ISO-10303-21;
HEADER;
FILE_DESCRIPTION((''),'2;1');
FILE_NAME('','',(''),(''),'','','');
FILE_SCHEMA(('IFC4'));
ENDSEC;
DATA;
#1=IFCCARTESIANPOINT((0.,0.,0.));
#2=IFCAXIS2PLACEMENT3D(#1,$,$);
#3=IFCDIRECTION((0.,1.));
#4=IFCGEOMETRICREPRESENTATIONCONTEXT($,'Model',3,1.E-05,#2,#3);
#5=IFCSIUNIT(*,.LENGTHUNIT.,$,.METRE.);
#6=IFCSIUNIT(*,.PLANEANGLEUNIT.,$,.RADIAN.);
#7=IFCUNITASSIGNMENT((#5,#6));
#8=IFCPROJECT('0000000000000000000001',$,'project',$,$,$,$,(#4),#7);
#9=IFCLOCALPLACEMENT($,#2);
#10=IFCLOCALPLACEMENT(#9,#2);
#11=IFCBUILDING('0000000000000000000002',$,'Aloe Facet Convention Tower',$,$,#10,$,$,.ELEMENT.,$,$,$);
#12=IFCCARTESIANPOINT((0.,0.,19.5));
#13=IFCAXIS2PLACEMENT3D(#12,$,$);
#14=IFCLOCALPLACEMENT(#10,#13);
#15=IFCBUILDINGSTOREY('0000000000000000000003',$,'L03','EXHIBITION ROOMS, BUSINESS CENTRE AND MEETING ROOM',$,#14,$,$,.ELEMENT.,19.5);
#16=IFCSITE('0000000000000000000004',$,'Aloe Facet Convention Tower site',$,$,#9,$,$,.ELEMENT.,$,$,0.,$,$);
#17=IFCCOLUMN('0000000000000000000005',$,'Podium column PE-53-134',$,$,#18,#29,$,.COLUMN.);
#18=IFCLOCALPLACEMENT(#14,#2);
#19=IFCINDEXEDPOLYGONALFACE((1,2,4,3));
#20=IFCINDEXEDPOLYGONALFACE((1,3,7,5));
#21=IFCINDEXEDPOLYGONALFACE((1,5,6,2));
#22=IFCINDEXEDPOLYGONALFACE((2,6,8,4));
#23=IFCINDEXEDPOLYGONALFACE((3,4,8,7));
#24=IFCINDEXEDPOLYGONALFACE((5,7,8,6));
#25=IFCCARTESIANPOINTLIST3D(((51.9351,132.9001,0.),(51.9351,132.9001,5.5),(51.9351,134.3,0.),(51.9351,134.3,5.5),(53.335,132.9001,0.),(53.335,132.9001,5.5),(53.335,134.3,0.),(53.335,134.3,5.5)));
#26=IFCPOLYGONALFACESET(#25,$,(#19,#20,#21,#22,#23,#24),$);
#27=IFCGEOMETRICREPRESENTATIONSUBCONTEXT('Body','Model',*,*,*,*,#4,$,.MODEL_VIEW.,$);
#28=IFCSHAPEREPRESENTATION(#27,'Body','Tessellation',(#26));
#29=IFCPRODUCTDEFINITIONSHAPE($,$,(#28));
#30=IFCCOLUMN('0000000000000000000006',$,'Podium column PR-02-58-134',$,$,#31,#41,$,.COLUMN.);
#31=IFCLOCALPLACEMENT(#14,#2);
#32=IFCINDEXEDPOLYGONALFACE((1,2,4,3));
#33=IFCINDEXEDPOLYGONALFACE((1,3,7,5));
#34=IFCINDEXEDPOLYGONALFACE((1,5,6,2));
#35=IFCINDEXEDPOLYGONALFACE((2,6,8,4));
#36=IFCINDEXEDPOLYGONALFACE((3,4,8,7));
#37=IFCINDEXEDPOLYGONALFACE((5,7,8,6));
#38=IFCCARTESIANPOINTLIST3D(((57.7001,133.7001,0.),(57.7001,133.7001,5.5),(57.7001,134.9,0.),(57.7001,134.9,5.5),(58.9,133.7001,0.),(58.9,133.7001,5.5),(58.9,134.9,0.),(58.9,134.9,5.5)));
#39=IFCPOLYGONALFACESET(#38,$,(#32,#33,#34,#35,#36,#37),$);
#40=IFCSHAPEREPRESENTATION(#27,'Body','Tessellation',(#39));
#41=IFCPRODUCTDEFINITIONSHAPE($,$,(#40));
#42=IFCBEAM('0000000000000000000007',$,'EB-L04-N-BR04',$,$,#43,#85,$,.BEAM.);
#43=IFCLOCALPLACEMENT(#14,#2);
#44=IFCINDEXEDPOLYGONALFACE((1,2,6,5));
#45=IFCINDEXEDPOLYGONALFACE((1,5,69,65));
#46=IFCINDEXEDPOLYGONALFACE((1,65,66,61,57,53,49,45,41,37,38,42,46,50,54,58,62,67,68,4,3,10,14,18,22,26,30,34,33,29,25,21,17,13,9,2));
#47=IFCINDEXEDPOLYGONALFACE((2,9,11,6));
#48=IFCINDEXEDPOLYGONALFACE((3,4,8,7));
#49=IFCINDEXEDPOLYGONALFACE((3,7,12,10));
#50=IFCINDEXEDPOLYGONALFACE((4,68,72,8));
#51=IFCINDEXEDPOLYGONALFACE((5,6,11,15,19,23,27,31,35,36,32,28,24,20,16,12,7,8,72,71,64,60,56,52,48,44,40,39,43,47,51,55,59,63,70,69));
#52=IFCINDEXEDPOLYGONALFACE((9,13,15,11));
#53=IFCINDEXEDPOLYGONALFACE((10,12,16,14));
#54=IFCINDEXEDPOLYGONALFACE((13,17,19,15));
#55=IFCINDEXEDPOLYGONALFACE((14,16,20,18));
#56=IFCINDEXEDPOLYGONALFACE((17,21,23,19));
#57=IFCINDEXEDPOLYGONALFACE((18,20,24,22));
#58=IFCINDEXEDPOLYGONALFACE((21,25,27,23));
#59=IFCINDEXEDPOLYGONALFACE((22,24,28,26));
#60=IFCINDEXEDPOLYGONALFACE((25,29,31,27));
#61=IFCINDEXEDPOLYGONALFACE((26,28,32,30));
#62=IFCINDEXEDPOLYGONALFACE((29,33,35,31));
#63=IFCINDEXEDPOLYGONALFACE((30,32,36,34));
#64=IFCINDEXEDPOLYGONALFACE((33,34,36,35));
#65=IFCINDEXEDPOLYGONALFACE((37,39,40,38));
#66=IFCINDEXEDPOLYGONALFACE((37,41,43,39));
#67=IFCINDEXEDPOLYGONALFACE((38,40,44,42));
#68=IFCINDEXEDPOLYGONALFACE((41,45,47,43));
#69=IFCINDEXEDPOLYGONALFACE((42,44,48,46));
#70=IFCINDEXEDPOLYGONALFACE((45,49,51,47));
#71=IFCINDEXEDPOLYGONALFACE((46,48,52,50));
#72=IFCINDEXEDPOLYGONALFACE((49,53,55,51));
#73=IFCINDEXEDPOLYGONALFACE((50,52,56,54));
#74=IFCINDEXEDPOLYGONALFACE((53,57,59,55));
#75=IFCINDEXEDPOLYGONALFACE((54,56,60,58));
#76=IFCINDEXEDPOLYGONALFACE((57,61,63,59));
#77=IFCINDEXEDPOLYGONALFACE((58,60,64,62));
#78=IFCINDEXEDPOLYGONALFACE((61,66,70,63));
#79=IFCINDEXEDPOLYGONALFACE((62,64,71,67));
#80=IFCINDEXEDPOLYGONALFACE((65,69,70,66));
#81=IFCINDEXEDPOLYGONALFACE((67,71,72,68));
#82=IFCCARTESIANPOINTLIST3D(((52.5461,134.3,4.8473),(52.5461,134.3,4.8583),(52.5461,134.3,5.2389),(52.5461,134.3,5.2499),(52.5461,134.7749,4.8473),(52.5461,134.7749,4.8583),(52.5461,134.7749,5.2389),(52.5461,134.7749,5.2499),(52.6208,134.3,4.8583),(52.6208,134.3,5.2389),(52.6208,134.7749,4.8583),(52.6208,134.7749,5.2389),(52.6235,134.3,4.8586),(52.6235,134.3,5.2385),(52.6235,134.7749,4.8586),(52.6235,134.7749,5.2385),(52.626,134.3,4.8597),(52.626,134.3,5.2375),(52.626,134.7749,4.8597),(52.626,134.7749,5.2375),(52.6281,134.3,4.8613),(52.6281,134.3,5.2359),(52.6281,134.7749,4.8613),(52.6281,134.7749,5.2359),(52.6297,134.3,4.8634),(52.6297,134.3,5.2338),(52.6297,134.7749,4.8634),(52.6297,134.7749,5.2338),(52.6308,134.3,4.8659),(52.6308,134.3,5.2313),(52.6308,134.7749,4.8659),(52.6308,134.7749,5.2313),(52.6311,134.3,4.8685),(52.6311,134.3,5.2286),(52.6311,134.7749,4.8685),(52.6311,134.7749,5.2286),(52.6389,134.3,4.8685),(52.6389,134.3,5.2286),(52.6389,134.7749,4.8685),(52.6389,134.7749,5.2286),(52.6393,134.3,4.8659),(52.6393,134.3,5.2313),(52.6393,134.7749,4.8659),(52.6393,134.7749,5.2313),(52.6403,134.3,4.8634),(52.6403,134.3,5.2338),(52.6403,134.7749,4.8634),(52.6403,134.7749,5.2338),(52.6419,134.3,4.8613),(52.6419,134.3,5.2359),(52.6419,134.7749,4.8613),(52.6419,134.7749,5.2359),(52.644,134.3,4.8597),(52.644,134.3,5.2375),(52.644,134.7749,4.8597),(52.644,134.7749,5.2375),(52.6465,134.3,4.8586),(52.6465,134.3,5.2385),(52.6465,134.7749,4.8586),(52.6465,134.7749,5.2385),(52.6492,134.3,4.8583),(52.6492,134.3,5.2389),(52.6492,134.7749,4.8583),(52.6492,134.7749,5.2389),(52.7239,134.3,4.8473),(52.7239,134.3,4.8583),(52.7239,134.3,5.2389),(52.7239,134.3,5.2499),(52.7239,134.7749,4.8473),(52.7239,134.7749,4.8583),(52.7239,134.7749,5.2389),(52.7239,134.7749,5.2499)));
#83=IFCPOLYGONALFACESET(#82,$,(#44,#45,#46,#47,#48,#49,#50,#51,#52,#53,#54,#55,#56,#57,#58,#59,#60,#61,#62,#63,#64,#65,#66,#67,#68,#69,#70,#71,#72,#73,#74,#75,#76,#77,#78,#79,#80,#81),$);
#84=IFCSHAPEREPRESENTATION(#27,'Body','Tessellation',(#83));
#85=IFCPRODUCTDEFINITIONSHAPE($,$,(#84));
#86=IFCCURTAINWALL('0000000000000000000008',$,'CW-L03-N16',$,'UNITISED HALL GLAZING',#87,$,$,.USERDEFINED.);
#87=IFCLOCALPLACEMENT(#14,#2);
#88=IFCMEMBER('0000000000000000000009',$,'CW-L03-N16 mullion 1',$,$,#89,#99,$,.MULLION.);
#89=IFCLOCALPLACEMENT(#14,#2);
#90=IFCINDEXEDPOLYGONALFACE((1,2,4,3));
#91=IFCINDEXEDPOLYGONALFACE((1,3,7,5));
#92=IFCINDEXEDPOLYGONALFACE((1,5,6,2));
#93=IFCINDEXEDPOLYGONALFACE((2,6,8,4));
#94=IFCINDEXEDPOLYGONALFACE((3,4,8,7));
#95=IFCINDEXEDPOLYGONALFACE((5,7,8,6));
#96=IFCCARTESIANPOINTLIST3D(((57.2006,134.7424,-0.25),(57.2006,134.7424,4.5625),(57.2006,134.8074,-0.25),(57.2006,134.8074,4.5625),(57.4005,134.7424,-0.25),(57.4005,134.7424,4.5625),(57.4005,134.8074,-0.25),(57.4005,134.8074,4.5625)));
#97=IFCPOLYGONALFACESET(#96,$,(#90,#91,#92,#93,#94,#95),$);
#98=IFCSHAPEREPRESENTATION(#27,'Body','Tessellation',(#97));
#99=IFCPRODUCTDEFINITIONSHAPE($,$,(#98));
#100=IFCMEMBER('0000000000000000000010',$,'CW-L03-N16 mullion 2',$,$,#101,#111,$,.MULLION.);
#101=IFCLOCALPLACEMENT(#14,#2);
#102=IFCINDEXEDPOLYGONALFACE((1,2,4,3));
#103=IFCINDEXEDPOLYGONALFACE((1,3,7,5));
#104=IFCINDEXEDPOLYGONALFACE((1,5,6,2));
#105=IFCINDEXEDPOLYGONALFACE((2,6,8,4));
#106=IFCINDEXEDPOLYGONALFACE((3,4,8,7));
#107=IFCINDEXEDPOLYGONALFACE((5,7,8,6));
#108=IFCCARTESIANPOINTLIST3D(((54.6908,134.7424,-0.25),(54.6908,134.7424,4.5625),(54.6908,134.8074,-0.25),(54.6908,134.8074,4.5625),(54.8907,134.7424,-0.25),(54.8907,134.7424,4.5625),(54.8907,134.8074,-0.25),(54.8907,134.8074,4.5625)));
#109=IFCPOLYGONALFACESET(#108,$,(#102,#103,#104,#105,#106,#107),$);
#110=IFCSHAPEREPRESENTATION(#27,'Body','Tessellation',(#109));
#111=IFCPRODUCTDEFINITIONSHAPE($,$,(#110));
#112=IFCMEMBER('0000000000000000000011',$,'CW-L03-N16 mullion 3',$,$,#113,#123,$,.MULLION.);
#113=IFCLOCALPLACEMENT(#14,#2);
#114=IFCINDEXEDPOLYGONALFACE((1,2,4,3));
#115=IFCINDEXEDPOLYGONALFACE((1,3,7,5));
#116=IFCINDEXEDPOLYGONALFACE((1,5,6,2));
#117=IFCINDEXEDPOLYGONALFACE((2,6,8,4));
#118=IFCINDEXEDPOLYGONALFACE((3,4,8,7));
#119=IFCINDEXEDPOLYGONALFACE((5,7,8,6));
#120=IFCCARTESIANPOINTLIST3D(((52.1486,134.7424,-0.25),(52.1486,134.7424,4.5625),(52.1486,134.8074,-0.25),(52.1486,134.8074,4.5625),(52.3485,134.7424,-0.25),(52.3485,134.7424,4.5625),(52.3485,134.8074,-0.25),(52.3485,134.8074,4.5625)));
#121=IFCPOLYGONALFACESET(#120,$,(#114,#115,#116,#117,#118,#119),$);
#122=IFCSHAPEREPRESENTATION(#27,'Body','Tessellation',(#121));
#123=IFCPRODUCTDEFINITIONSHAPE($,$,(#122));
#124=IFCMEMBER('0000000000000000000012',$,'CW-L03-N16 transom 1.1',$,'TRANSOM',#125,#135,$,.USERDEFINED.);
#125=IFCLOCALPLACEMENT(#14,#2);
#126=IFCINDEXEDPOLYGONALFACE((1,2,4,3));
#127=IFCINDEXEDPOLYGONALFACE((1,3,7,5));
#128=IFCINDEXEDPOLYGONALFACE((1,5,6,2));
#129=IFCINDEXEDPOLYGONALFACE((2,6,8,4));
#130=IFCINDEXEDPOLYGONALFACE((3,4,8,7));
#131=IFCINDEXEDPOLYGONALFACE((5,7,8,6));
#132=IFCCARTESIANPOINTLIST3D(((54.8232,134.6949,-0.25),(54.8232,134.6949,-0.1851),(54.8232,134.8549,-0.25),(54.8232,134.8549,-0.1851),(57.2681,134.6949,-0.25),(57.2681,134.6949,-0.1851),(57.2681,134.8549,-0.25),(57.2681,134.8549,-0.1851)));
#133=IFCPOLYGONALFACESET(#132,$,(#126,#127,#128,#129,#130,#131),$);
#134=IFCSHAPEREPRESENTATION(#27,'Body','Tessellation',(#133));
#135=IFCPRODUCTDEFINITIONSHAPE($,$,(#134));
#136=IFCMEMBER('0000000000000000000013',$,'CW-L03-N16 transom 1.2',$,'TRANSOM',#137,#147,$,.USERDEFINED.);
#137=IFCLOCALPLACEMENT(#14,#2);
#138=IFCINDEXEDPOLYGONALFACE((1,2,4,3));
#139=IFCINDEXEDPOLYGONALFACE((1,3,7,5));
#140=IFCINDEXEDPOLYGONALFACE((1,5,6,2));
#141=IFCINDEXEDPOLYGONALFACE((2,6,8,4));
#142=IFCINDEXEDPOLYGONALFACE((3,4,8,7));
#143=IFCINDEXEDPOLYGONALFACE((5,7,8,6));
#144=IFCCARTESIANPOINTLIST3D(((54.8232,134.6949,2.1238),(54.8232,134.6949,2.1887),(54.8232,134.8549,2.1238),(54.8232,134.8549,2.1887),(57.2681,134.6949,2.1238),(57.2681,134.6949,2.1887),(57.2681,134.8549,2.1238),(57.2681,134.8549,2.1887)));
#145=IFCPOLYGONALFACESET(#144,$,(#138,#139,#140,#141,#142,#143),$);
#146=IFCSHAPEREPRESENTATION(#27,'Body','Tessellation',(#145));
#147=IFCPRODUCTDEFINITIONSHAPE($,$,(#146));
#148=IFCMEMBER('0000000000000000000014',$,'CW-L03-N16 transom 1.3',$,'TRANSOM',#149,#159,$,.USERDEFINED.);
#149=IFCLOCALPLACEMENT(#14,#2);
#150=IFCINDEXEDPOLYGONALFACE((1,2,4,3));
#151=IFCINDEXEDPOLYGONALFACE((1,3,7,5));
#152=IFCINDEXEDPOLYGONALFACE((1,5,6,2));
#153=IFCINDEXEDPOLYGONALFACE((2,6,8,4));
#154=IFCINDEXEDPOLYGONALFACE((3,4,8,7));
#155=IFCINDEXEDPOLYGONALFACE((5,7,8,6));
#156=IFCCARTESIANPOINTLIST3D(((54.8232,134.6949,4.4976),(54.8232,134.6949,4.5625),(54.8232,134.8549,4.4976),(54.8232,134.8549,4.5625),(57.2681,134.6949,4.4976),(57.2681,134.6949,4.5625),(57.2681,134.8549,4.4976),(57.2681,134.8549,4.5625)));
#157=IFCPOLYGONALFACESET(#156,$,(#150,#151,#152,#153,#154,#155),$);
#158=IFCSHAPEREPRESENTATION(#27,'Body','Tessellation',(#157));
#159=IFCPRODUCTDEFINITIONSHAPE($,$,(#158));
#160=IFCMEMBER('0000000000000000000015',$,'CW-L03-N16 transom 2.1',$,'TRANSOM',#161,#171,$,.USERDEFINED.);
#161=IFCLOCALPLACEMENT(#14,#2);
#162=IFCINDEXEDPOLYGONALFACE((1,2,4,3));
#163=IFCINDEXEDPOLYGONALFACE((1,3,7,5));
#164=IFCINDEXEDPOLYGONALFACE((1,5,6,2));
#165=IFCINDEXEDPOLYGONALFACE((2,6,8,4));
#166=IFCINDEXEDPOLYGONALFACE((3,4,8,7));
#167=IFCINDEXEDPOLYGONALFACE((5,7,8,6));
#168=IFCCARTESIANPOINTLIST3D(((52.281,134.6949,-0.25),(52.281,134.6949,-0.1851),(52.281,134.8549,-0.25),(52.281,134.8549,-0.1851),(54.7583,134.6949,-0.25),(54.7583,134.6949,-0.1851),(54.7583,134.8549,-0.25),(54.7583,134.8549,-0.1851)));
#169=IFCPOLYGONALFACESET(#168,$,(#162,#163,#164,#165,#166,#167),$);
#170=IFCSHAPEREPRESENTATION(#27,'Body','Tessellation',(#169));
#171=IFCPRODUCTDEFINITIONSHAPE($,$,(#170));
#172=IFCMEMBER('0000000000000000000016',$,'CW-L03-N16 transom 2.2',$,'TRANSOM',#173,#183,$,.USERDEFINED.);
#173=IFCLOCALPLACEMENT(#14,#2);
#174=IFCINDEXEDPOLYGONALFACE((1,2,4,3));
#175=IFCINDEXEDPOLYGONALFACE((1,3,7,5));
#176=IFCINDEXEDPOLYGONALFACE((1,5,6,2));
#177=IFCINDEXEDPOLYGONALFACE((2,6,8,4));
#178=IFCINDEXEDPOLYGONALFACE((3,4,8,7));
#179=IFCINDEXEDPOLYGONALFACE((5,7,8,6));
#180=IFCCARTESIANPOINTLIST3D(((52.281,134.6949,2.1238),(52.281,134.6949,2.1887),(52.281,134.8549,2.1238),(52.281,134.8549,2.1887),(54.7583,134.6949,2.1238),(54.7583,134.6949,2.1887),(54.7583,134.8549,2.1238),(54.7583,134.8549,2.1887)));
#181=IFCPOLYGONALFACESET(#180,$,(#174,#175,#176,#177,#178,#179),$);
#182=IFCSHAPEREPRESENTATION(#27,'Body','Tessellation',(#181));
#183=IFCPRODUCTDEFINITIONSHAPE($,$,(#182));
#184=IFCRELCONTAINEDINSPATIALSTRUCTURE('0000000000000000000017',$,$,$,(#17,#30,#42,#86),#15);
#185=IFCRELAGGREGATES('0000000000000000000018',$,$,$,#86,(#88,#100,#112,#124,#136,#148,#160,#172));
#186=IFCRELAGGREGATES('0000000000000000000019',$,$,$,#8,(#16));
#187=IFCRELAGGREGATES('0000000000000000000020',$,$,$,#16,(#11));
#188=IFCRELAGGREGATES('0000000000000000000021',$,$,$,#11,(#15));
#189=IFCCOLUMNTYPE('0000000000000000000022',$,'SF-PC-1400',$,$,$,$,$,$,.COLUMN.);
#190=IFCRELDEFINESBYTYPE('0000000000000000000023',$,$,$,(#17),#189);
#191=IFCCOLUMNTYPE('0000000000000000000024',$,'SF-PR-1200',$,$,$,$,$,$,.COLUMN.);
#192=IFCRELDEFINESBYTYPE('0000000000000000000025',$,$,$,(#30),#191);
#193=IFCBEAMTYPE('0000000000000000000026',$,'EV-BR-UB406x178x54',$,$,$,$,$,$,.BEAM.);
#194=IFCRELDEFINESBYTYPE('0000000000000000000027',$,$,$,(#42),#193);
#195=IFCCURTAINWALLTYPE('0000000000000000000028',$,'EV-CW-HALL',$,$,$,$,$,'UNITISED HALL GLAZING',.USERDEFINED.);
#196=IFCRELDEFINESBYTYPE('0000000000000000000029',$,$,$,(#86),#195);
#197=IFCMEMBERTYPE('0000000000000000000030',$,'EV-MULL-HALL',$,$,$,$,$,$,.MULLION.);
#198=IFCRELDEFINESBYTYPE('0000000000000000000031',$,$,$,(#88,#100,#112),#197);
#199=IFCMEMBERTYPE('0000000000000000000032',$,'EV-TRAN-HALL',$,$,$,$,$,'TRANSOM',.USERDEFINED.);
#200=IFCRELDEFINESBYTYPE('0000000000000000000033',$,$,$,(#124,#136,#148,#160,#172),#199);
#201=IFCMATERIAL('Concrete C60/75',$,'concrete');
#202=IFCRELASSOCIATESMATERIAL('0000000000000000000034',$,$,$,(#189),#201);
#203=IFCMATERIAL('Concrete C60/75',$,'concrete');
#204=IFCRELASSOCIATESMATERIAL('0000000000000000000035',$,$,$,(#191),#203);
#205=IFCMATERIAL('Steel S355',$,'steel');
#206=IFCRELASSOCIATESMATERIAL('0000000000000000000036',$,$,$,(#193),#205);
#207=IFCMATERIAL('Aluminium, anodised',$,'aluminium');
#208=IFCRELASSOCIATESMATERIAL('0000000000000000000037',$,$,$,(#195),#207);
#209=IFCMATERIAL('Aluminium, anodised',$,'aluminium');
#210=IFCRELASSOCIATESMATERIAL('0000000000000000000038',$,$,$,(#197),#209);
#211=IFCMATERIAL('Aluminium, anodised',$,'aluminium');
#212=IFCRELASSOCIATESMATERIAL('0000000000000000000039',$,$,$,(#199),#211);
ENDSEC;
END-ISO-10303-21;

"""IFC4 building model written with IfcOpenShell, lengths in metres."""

from ifc_helpers import new_model, si_unit, direction, frame, origin, origin_2d, place, context, subcontext, project, spatial, rectangle, i_section, extrude, material, material_profile, profile_set, type_object, element, aggregate, save


model = new_model("IFC4")

# Units and contexts
model_context = context("Model", 3, precision=1e-05, world=origin(), true_north=direction((0.0, 1.0)))
body_context = subcontext(model_context, "Body", "Model", "MODEL_VIEW")
ifc_project = project(units=[si_unit("LENGTHUNIT", "METRE"), si_unit("PLANEANGLEUNIT", "RADIAN")], contexts=[model_context])

# Site, building, storey
site_placement = place(None, origin())
site = spatial("IfcSite", under=ifc_project, at=site_placement, Name="Aloe Facet Convention Tower site", CompositionType="ELEMENT", RefElevation=0.0)
building_placement = place(site_placement, origin())
building = spatial("IfcBuilding", under=site, at=building_placement, Name="Aloe Facet Convention Tower", CompositionType="ELEMENT")
storey_placement = place(building_placement, frame((0.0, 0.0, 19.5)))
storey = spatial("IfcBuildingStorey", under=building, at=storey_placement, Name="L03", Description="EXHIBITION ROOMS, BUSINESS CENTRE AND MEETING ROOM", CompositionType="ELEMENT", Elevation=19.5)

# Columns
ifc_material_1 = material(Name="Concrete C60/75", Category="concrete")
ifc_material_profile_1 = material_profile(ifc_material_1, rectangle(XDim=1.3999, YDim=1.3999, at=origin_2d()), Name="SF-PC-1400")
ifc_profile_set_1 = profile_set([ifc_material_profile_1], Name="Concrete C60/75")
column_type_1 = type_object("IfcColumnType", Name="SF-PC-1400", PredefinedType="COLUMN", material=ifc_profile_set_1)
column_1_placement = place(storey_placement, frame((52.635, 133.6001, 0.0), z_axis=(0.0, 0.0, 1.0), x_axis=(1.0, 0.0, 0.0)))
element("IfcColumn", 1, at=column_1_placement, inside=storey, type_object=column_type_1, Name="Podium column PE-53-134", PredefinedType="COLUMN", context=body_context, shape_type="SweptSolid", body=[
    extrude(rectangle(XDim=1.3999, YDim=1.3999, at=origin_2d()), origin(), (0.0, 0.0, 1.0), 5.5),
])
ifc_material_2 = material(Name="Concrete C60/75", Category="concrete")
ifc_material_profile_2 = material_profile(ifc_material_2, rectangle(XDim=1.2, YDim=1.2, at=origin_2d()), Name="SF-PR-1200")
ifc_profile_set_2 = profile_set([ifc_material_profile_2], Name="Concrete C60/75")
column_type_2 = type_object("IfcColumnType", Name="SF-PR-1200", PredefinedType="COLUMN", material=ifc_profile_set_2)
column_2_placement = place(storey_placement, frame((58.3, 134.3, 0.0), z_axis=(0.0, 0.0, 1.0), x_axis=(1.0, 0.0, 0.0)))
element("IfcColumn", 2, at=column_2_placement, inside=storey, type_object=column_type_2, Name="Podium column PR-02-58-134", PredefinedType="COLUMN", context=body_context, shape_type="SweptSolid", body=[
    extrude(rectangle(XDim=1.2, YDim=1.2, at=origin_2d()), origin(), (0.0, 0.0, 1.0), 5.5),
])

# Beam
ifc_material_3 = material(Name="Steel S355", Category="steel")
ifc_material_profile_3 = material_profile(ifc_material_3, i_section(OverallWidth=0.1777, OverallDepth=0.4026, WebThickness=0.0078, FlangeThickness=0.011, FilletRadius=0.0103, at=origin_2d()), Name="UB 406x178x54")
ifc_profile_set_3 = profile_set([ifc_material_profile_3], Name="Steel S355")
beam_type_1 = type_object("IfcBeamType", Name="EV-BR-UB406x178x54", PredefinedType="BEAM", material=ifc_profile_set_3)
beam_1_placement = place(storey_placement, frame((52.635, 134.3, 5.0486), z_axis=(0.0, 1.0, 0.0), x_axis=(-1.0, 0.0, 0.0)))
element("IfcBeam", 3, at=beam_1_placement, inside=storey, type_object=beam_type_1, Name="EB-L04-N-BR04", PredefinedType="BEAM", context=body_context, shape_type="SweptSolid", body=[
    extrude(i_section(OverallWidth=0.1777, OverallDepth=0.4026, WebThickness=0.0078, FlangeThickness=0.011, FilletRadius=0.0103, at=origin_2d()), origin(), (0.0, 0.0, 1.0), 0.4749),
])

# Curtain wall, members
ifc_material_4 = material(Name="Aluminium, anodised", Category="aluminium")
curtain_wall_type = type_object("IfcCurtainWallType", Name="EV-CW-HALL", ElementType="UNITISED HALL GLAZING", PredefinedType="USERDEFINED", material=ifc_material_4)
curtain_wall_placement = place(storey_placement, origin())
curtain_wall = element("IfcCurtainWall", 4, at=curtain_wall_placement, inside=storey, type_object=curtain_wall_type, Name="CW-L03-N16", ObjectType="UNITISED HALL GLAZING", PredefinedType="USERDEFINED")
ifc_material_5 = material(Name="Aluminium, anodised", Category="aluminium")
ifc_material_profile_4 = material_profile(ifc_material_5, rectangle(XDim=0.0649, YDim=0.2, at=origin_2d()), Name="AL 65x200")
ifc_profile_set_4 = profile_set([ifc_material_profile_4], Name="Aluminium, anodised")
member_type_1 = type_object("IfcMemberType", Name="EV-MULL-HALL", PredefinedType="MULLION", material=ifc_profile_set_4)
member_1_placement = place(storey_placement, frame((57.3005, 134.7749, -0.25), z_axis=(0.0, 0.0, 1.0), x_axis=(0.0, -1.0, 0.0)))
member_1 = element("IfcMember", 5, at=member_1_placement, type_object=member_type_1, Name="CW-L03-N16 mullion 1", PredefinedType="MULLION", context=body_context, shape_type="SweptSolid", body=[
    extrude(rectangle(XDim=0.0649, YDim=0.2, at=origin_2d()), origin(), (0.0, 0.0, 1.0), 4.8125),
])
member_2_placement = place(storey_placement, frame((54.7908, 134.7749, -0.25), z_axis=(0.0, 0.0, 1.0), x_axis=(0.0, -1.0, 0.0)))
member_2 = element("IfcMember", 6, at=member_2_placement, type_object=member_type_1, Name="CW-L03-N16 mullion 2", PredefinedType="MULLION", context=body_context, shape_type="SweptSolid", body=[
    extrude(rectangle(XDim=0.0649, YDim=0.2, at=origin_2d()), origin(), (0.0, 0.0, 1.0), 4.8125),
])
member_3_placement = place(storey_placement, frame((52.2485, 134.7749, -0.25), z_axis=(0.0, 0.0, 1.0), x_axis=(0.0, -1.0, 0.0)))
member_3 = element("IfcMember", 7, at=member_3_placement, type_object=member_type_1, Name="CW-L03-N16 mullion 3", PredefinedType="MULLION", context=body_context, shape_type="SweptSolid", body=[
    extrude(rectangle(XDim=0.0649, YDim=0.2, at=origin_2d()), origin(), (0.0, 0.0, 1.0), 4.8125),
])
ifc_material_6 = material(Name="Aluminium, anodised", Category="aluminium")
ifc_material_profile_5 = material_profile(ifc_material_6, rectangle(XDim=0.1599, YDim=0.0649, at=origin_2d()), Name="AL 160x65")
ifc_profile_set_5 = profile_set([ifc_material_profile_5], Name="Aluminium, anodised")
member_type_2 = type_object("IfcMemberType", Name="EV-TRAN-HALL", ElementType="TRANSOM", PredefinedType="USERDEFINED", material=ifc_profile_set_5)
member_4_placement = place(storey_placement, frame((57.2681, 134.7749, -0.2175), z_axis=(-1.0, 0.0, 0.0), x_axis=(0.0, -1.0, 0.0)))
member_4 = element("IfcMember", 8, at=member_4_placement, type_object=member_type_2, Name="CW-L03-N16 transom 1.1", ObjectType="TRANSOM", PredefinedType="USERDEFINED", context=body_context, shape_type="SweptSolid", body=[
    extrude(rectangle(XDim=0.1599, YDim=0.0649, at=origin_2d()), origin(), (0.0, 0.0, 1.0), 2.4448),
])
member_5_placement = place(storey_placement, frame((57.2681, 134.7749, 2.1562), z_axis=(-1.0, 0.0, 0.0), x_axis=(0.0, -1.0, 0.0)))
member_5 = element("IfcMember", 9, at=member_5_placement, type_object=member_type_2, Name="CW-L03-N16 transom 1.2", ObjectType="TRANSOM", PredefinedType="USERDEFINED", context=body_context, shape_type="SweptSolid", body=[
    extrude(rectangle(XDim=0.1599, YDim=0.0649, at=origin_2d()), origin(), (0.0, 0.0, 1.0), 2.4448),
])
member_6_placement = place(storey_placement, frame((57.2681, 134.7749, 4.53), z_axis=(-1.0, 0.0, 0.0), x_axis=(0.0, -1.0, 0.0)))
member_6 = element("IfcMember", 10, at=member_6_placement, type_object=member_type_2, Name="CW-L03-N16 transom 1.3", ObjectType="TRANSOM", PredefinedType="USERDEFINED", context=body_context, shape_type="SweptSolid", body=[
    extrude(rectangle(XDim=0.1599, YDim=0.0649, at=origin_2d()), origin(), (0.0, 0.0, 1.0), 2.4448),
])
member_7_placement = place(storey_placement, frame((54.7583, 134.7749, -0.2175), z_axis=(-1.0, 0.0, 0.0), x_axis=(0.0, -1.0, 0.0)))
member_7 = element("IfcMember", 11, at=member_7_placement, type_object=member_type_2, Name="CW-L03-N16 transom 2.1", ObjectType="TRANSOM", PredefinedType="USERDEFINED", context=body_context, shape_type="SweptSolid", body=[
    extrude(rectangle(XDim=0.1599, YDim=0.0649, at=origin_2d()), origin(), (0.0, 0.0, 1.0), 2.4773),
])
member_8_placement = place(storey_placement, frame((54.7583, 134.7749, 2.1562), z_axis=(-1.0, 0.0, 0.0), x_axis=(0.0, -1.0, 0.0)))
member_8 = element("IfcMember", 12, at=member_8_placement, type_object=member_type_2, Name="CW-L03-N16 transom 2.2", ObjectType="TRANSOM", PredefinedType="USERDEFINED", context=body_context, shape_type="SweptSolid", body=[
    extrude(rectangle(XDim=0.1599, YDim=0.0649, at=origin_2d()), origin(), (0.0, 0.0, 1.0), 2.4773),
])

aggregate(curtain_wall, [member_1, member_2, member_3, member_4, member_5, member_6, member_7, member_8])

save(model, "model.ifc")
